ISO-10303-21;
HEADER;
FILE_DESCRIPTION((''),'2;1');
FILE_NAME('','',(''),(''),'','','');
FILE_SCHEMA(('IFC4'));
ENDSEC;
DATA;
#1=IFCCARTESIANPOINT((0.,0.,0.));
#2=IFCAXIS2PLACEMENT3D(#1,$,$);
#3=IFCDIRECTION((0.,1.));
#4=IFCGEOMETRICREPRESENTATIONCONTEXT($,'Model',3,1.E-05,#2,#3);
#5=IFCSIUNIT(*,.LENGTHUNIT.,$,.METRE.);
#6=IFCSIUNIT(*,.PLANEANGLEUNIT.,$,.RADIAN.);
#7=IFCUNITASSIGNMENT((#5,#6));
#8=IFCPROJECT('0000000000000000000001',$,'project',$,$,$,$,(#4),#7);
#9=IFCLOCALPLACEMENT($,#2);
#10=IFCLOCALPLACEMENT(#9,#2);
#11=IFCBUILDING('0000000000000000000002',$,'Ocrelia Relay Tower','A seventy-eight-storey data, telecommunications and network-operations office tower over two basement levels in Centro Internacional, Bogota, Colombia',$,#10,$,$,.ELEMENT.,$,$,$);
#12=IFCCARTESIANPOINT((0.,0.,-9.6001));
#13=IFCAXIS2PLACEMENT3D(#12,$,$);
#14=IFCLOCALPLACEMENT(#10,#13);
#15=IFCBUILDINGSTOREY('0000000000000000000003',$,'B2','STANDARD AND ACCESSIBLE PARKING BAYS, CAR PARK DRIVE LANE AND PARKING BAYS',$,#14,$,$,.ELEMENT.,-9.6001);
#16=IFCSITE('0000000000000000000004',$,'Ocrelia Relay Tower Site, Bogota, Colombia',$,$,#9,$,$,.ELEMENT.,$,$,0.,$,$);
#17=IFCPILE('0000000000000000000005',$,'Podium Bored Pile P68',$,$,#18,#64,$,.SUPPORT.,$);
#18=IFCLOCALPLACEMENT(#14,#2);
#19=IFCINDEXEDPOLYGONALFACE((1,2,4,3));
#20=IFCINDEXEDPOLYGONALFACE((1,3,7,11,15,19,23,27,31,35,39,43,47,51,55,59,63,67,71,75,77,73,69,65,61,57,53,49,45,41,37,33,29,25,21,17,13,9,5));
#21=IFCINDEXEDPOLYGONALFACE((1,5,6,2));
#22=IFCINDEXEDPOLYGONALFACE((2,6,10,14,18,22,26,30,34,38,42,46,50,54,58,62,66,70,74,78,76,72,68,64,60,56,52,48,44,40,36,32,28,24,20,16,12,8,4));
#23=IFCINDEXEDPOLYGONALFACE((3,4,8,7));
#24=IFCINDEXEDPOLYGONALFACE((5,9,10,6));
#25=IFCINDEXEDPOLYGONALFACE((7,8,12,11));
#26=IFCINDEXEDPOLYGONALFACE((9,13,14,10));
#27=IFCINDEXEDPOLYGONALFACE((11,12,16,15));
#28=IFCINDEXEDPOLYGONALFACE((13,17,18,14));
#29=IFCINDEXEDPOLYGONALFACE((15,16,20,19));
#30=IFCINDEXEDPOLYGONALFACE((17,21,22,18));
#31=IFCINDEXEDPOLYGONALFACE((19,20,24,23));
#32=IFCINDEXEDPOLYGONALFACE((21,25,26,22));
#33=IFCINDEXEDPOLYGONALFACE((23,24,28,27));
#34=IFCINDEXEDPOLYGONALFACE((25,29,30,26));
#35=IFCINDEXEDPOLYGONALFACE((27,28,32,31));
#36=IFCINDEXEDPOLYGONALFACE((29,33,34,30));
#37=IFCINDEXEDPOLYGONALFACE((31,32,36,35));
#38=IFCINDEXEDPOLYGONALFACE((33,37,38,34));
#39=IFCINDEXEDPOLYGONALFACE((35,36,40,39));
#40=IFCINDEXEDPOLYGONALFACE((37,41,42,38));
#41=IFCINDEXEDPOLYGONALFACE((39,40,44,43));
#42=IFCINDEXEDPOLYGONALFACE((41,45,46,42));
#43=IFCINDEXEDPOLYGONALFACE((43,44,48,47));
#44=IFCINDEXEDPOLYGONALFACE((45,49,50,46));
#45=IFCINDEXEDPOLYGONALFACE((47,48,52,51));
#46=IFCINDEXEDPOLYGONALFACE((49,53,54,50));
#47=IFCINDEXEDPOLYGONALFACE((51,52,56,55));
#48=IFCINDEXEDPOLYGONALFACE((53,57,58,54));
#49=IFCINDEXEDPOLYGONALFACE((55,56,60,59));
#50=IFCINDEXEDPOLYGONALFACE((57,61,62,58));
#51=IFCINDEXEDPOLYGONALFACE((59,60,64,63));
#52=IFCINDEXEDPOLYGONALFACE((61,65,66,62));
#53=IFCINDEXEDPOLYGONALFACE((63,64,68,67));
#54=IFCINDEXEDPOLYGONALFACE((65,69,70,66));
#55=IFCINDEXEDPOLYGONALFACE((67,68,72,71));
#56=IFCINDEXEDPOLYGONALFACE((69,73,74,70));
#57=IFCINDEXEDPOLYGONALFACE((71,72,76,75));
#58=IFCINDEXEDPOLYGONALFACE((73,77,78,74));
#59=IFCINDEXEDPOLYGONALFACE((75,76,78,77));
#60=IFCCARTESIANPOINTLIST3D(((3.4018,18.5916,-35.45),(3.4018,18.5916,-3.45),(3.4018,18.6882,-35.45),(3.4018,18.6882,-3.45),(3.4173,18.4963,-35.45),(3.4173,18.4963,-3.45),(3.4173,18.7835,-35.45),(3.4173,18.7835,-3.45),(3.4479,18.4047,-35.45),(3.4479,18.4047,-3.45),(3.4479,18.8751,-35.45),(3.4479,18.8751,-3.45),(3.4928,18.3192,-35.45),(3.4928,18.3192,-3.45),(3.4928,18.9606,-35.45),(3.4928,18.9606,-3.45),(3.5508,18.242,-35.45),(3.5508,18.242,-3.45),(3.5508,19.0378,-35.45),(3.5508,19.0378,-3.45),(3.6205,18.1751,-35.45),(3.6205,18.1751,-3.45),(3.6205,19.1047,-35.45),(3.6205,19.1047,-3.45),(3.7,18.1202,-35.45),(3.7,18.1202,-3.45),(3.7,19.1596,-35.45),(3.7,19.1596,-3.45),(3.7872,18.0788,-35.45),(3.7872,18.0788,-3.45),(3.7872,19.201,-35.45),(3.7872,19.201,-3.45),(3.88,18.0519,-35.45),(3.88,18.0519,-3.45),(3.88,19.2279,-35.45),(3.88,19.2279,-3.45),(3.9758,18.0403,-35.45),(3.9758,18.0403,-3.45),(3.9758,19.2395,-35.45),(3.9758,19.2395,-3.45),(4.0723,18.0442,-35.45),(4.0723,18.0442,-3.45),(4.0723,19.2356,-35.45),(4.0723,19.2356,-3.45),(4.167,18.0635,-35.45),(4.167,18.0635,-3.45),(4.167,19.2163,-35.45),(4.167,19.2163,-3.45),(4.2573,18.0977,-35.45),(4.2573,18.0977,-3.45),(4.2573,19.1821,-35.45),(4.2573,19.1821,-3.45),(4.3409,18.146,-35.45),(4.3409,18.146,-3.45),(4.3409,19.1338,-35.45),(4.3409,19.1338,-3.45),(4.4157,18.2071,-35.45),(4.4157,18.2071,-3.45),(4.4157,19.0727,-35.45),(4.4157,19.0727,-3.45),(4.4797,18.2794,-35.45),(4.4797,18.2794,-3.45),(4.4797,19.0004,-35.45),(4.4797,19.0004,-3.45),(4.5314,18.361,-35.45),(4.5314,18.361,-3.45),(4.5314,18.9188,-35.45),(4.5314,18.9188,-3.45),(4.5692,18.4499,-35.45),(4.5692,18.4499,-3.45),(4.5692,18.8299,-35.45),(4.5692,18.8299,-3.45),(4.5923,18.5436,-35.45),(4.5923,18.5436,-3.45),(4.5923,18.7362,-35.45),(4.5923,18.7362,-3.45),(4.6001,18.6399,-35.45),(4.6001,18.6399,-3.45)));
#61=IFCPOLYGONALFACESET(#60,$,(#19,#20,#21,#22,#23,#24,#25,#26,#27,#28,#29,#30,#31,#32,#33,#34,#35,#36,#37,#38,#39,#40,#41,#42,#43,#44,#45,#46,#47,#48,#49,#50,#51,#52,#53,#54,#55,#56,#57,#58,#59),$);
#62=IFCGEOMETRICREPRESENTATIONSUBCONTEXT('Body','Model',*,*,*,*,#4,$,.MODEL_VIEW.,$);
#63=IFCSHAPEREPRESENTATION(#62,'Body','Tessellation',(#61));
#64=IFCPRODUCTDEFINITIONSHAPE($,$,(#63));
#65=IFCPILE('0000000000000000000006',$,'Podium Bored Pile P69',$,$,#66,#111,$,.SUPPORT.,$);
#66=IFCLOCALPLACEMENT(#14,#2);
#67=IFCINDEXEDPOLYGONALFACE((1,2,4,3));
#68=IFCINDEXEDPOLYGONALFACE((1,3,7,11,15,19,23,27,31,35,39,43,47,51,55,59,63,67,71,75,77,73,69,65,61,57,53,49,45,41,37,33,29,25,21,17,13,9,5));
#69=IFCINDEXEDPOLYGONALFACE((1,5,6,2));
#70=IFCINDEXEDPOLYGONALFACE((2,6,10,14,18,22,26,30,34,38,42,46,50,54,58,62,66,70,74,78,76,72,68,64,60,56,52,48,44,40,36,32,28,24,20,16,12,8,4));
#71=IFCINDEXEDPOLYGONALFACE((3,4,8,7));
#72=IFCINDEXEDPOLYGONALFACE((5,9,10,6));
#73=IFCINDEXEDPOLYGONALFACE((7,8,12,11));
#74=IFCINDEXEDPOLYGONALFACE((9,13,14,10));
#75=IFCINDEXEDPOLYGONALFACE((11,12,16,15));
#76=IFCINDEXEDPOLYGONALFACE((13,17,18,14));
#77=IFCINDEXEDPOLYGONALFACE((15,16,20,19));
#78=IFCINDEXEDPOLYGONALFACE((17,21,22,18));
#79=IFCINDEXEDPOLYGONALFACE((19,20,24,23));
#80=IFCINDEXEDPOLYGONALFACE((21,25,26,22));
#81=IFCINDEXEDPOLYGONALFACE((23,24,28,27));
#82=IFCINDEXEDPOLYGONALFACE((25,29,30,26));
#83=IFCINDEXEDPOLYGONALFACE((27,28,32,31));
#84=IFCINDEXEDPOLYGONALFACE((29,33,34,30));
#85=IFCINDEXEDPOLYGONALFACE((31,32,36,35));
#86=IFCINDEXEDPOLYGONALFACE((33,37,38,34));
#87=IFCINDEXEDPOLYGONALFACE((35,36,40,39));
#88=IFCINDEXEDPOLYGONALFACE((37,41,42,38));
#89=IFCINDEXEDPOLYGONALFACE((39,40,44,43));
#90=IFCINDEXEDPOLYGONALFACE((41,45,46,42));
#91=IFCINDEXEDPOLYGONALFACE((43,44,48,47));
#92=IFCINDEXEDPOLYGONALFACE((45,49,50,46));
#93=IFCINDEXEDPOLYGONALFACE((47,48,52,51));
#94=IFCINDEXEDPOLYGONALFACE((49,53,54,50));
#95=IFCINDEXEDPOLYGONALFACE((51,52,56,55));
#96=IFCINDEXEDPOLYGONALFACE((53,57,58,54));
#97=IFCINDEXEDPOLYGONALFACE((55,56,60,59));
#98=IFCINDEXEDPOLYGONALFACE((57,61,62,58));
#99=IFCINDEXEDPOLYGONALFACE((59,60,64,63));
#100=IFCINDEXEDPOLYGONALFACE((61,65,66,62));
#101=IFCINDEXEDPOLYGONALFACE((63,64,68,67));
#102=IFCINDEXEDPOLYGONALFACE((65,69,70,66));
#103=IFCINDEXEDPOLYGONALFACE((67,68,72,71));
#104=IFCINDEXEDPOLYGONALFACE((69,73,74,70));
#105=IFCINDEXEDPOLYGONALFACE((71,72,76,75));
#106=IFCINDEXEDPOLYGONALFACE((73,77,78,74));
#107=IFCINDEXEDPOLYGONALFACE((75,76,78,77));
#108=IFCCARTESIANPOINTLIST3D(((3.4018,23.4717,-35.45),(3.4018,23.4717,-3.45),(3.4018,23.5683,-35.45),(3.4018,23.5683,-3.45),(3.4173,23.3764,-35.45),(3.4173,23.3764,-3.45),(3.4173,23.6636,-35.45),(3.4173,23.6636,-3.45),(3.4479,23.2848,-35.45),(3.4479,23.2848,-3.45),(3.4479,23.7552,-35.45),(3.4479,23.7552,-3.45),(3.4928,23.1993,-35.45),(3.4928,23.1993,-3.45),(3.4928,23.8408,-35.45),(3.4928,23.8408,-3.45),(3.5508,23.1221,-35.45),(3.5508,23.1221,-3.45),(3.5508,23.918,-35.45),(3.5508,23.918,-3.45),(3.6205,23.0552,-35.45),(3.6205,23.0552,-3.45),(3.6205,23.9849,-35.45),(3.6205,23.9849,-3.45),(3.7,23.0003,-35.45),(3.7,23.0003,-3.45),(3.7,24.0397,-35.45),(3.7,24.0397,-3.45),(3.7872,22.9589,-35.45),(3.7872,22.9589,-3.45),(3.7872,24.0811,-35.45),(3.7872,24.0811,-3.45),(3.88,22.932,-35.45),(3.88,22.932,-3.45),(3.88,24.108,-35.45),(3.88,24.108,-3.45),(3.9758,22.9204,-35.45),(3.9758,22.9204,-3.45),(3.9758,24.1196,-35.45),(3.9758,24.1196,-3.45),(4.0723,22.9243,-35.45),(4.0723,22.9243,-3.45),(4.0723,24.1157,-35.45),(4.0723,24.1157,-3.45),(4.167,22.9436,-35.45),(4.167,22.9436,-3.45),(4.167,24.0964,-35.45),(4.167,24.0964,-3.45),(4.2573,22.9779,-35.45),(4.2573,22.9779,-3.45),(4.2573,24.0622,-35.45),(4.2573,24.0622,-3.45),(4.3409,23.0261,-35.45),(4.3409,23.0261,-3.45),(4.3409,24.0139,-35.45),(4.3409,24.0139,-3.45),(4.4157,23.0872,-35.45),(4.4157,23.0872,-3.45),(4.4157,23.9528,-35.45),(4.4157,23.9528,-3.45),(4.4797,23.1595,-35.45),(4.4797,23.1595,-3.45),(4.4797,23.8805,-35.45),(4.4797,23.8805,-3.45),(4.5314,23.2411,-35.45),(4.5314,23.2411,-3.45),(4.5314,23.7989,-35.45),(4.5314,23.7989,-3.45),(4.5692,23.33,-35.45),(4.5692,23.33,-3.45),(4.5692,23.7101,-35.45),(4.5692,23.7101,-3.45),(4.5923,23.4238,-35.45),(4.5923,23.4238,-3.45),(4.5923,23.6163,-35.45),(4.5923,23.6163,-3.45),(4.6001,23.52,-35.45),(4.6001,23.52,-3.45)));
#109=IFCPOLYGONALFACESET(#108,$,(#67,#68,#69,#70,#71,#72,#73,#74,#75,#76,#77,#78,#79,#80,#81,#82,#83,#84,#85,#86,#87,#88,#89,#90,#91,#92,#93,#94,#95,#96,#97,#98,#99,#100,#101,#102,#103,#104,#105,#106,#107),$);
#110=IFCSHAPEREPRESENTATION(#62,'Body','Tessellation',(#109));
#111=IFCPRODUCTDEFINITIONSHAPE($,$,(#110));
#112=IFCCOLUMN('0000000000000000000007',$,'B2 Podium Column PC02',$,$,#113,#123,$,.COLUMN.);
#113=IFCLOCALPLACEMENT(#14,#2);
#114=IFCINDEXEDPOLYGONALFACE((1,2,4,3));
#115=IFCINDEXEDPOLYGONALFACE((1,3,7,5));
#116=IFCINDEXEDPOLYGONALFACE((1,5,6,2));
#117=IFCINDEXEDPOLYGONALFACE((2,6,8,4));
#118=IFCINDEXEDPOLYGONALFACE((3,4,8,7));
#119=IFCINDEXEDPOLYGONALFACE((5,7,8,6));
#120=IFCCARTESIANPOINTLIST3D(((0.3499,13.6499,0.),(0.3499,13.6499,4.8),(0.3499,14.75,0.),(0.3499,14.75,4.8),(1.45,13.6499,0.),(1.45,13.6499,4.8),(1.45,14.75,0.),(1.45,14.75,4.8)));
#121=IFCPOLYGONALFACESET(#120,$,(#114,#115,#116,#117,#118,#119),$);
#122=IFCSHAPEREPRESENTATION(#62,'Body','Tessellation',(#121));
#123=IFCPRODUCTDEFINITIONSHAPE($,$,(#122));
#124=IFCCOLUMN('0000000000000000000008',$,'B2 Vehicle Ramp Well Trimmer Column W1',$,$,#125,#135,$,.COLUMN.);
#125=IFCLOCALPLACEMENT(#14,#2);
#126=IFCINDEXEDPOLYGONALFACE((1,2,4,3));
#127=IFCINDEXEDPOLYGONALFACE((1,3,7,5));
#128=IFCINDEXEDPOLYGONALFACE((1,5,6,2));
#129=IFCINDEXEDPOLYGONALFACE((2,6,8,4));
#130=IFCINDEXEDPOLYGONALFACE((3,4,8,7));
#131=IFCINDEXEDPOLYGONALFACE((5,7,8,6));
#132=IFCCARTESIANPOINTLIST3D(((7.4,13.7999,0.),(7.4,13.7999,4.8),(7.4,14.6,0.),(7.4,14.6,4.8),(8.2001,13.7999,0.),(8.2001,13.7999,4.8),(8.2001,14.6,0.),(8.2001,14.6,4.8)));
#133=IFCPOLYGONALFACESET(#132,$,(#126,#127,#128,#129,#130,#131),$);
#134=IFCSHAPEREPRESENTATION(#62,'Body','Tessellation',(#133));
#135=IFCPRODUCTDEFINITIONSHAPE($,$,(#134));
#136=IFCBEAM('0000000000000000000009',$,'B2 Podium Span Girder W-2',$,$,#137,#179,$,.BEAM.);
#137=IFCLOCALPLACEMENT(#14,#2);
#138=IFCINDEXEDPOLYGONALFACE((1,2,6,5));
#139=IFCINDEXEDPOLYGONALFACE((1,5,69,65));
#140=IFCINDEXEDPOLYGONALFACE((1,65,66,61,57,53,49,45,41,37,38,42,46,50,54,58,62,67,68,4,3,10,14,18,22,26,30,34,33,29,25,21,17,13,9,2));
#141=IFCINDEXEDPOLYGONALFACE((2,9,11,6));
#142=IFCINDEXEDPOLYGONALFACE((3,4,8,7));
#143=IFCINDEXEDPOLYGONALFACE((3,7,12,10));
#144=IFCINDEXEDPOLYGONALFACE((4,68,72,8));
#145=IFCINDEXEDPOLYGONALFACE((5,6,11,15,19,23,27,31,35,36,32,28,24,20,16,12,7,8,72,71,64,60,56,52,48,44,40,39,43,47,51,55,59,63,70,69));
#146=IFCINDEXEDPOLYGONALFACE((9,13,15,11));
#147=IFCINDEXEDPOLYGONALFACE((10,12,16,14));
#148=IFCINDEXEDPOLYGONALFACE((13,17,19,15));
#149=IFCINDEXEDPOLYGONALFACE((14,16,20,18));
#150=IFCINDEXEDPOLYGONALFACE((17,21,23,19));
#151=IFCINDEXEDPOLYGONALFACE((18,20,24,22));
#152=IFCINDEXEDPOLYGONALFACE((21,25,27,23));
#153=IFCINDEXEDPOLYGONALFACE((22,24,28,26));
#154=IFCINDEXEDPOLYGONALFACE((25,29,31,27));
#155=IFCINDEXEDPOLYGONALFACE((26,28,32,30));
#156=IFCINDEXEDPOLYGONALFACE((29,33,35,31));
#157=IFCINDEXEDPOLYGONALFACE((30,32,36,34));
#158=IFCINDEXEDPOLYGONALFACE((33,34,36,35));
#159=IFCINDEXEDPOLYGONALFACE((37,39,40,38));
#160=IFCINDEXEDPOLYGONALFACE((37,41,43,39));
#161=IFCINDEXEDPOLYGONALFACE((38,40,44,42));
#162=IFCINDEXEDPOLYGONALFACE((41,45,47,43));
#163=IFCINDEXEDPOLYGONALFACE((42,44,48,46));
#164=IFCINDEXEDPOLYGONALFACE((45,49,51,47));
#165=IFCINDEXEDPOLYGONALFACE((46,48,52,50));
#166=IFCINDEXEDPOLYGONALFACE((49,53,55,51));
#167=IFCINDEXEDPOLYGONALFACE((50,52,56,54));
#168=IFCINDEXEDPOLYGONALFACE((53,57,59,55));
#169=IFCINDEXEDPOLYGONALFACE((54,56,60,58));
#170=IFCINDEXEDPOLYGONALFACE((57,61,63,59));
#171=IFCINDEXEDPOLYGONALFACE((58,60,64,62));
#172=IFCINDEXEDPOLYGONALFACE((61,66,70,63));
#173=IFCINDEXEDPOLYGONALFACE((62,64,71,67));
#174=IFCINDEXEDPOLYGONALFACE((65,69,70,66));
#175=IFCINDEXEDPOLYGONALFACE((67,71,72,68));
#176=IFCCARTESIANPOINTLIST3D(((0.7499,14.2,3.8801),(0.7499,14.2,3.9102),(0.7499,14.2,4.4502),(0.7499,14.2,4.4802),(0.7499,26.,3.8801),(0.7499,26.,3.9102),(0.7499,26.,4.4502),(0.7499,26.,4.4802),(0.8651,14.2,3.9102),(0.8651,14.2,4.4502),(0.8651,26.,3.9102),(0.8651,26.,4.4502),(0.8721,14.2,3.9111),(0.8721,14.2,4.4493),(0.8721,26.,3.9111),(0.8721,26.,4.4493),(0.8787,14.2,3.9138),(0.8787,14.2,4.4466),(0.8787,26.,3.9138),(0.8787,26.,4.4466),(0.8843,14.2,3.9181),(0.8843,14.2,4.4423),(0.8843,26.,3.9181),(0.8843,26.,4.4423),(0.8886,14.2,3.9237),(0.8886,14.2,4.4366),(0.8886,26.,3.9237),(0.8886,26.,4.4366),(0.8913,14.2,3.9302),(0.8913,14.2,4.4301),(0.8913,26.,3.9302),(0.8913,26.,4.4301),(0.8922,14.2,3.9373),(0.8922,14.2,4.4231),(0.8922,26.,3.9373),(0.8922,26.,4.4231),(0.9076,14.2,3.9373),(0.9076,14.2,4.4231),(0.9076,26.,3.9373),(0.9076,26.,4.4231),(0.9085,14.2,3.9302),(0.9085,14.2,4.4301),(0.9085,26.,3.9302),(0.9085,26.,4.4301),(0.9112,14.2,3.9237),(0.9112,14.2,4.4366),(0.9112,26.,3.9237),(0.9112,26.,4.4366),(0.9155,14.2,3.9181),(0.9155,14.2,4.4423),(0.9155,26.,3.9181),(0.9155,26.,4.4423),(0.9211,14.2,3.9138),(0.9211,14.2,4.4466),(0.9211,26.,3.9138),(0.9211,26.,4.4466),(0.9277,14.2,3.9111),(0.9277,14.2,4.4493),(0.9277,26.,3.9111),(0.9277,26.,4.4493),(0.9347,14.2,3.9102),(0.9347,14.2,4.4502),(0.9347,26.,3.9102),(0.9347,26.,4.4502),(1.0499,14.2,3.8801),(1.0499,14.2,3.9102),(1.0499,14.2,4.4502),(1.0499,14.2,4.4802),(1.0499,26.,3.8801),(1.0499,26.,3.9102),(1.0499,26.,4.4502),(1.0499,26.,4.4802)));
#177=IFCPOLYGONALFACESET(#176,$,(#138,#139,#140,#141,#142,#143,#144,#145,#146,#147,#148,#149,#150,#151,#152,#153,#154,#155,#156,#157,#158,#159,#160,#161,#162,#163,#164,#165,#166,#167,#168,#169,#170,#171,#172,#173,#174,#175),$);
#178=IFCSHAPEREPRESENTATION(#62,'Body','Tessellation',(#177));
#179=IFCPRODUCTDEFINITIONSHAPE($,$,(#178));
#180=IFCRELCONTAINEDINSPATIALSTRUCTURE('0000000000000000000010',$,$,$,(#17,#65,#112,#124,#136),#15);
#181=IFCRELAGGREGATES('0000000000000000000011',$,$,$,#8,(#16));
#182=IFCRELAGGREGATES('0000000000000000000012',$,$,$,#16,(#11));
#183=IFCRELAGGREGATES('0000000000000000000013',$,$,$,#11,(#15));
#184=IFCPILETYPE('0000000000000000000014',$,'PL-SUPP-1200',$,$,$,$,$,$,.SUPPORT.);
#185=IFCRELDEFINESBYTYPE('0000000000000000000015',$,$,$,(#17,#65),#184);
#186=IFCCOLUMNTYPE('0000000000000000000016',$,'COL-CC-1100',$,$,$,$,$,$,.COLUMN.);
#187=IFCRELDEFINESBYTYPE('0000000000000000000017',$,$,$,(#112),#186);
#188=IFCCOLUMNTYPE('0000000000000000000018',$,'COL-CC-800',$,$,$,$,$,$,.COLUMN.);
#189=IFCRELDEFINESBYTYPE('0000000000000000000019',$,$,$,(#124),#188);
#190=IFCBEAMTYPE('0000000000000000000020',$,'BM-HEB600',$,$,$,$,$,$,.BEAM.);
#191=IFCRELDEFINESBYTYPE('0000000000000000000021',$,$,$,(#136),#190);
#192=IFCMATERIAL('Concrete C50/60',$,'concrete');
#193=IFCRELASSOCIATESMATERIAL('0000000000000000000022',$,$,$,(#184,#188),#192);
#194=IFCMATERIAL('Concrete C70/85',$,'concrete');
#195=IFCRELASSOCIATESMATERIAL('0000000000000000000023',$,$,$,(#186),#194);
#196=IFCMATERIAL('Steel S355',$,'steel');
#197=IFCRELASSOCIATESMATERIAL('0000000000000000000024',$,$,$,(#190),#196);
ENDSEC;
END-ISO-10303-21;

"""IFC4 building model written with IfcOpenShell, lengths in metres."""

from ifc_helpers import new_model, si_unit, direction, frame, origin, origin_2d, place, context, subcontext, project, spatial, rectangle, circle, i_section, extrude, material, material_profile, profile_set, type_object, element, save


model = new_model("IFC4")

# Units and contexts
model_context = context("Model", 3, precision=1e-05, world=origin(), true_north=direction((0.0, 1.0)))
body_context = subcontext(model_context, "Body", "Model", "MODEL_VIEW")
ifc_project = project(units=[si_unit("LENGTHUNIT", "METRE"), si_unit("PLANEANGLEUNIT", "RADIAN")], contexts=[model_context])

# Site, building, storey
site_placement = place(None, origin())
site = spatial("IfcSite", under=ifc_project, at=site_placement, Name="Ocrelia Relay Tower Site, Bogota, Colombia", CompositionType="ELEMENT", RefElevation=0.0)
building_placement = place(site_placement, origin())
building = spatial("IfcBuilding", under=site, at=building_placement, Name="Ocrelia Relay Tower", Description="A seventy-eight-storey data, telecommunications and network-operations office tower over two basement levels in Centro Internacional, Bogota, Colombia", CompositionType="ELEMENT")
storey_placement = place(building_placement, frame((0.0, 0.0, -9.6001)))
storey = spatial("IfcBuildingStorey", under=building, at=storey_placement, Name="B2", Description="STANDARD AND ACCESSIBLE PARKING BAYS, CAR PARK DRIVE LANE AND PARKING BAYS", CompositionType="ELEMENT", Elevation=-9.6001)

# Piles
ifc_material_1 = material(Name="Concrete C50/60", Category="concrete")
ifc_material_profile_1 = material_profile(ifc_material_1, circle(Radius=0.6001, at=origin_2d()), Name="PILE-1200")
ifc_profile_set_1 = profile_set([ifc_material_profile_1], Name="Concrete C50/60")
pile_type_1 = type_object("IfcPileType", Name="PL-SUPP-1200", PredefinedType="SUPPORT", material=ifc_profile_set_1)
for number, where, z_axis, x_axis, name in (
    (1, (4.0, 18.6399, -3.45), (0.0, 0.0, -1.0), (1.0, 0.0, 0.0), "Podium Bored Pile P68"),
    (2, (4.0, 23.52, -3.45), (0.0, 0.0, -1.0), (1.0, 0.0, 0.0), "Podium Bored Pile P69"),
):
    element("IfcPile", number, at=place(storey_placement, frame(where, z_axis=z_axis, x_axis=x_axis)), inside=storey, type_object=pile_type_1, Name=name, PredefinedType="SUPPORT", context=body_context, shape_type="SweptSolid", body=[
        extrude(circle(Radius=0.6001, at=origin_2d()), origin(), (0.0, 0.0, 1.0), 32.0),
    ])

# Columns
ifc_material_2 = material(Name="Concrete C70/85", Category="concrete")
ifc_material_profile_2 = material_profile(ifc_material_2, rectangle(XDim=1.1001, YDim=1.1001, at=origin_2d()), Name="RC-COL-1100x1100")
ifc_profile_set_2 = profile_set([ifc_material_profile_2], Name="Concrete C70/85")
column_type_1 = type_object("IfcColumnType", Name="COL-CC-1100", PredefinedType="COLUMN", material=ifc_profile_set_2)
column_1_placement = place(storey_placement, frame((0.8999, 14.2, 0.0), z_axis=(0.0, 0.0, 1.0), x_axis=(1.0, 0.0, 0.0)))
element("IfcColumn", 3, at=column_1_placement, inside=storey, type_object=column_type_1, Name="B2 Podium Column PC02", PredefinedType="COLUMN", context=body_context, shape_type="SweptSolid", body=[
    extrude(rectangle(XDim=1.1001, YDim=1.1001, at=origin_2d()), origin(), (0.0, 0.0, 1.0), 4.8),
])
ifc_material_profile_3 = material_profile(ifc_material_1, rectangle(XDim=0.8, YDim=0.8, at=origin_2d()), Name="RC-COL-800x800")
ifc_profile_set_3 = profile_set([ifc_material_profile_3], Name="Concrete C50/60")
column_type_2 = type_object("IfcColumnType", Name="COL-CC-800", PredefinedType="COLUMN", material=ifc_profile_set_3)
column_2_placement = place(storey_placement, frame((7.8, 14.2, 0.0), z_axis=(0.0, 0.0, 1.0), x_axis=(1.0, 0.0, 0.0)))
element("IfcColumn", 4, at=column_2_placement, inside=storey, type_object=column_type_2, Name="B2 Vehicle Ramp Well Trimmer Column W1", PredefinedType="COLUMN", context=body_context, shape_type="SweptSolid", body=[
    extrude(rectangle(XDim=0.8, YDim=0.8, at=origin_2d()), origin(), (0.0, 0.0, 1.0), 4.8),
])

# Beam
ifc_material_3 = material(Name="Steel S355", Category="steel")
ifc_material_profile_4 = material_profile(ifc_material_3, i_section(OverallWidth=0.3, OverallDepth=0.6001, WebThickness=0.0154, FlangeThickness=0.03, FilletRadius=0.0271, at=origin_2d()), Name="HEB 600")
ifc_profile_set_4 = profile_set([ifc_material_profile_4], Name="Steel S355")
beam_type_1 = type_object("IfcBeamType", Name="BM-HEB600", PredefinedType="BEAM", material=ifc_profile_set_4)
beam_1_placement = place(storey_placement, frame((0.8999, 14.2, 4.1802), z_axis=(0.0, 1.0, 0.0), x_axis=(-1.0, 0.0, 0.0)))
element("IfcBeam", 5, at=beam_1_placement, inside=storey, type_object=beam_type_1, Name="B2 Podium Span Girder W-2", PredefinedType="BEAM", context=body_context, shape_type="SweptSolid", body=[
    extrude(i_section(OverallWidth=0.3, OverallDepth=0.6001, WebThickness=0.0154, FlangeThickness=0.03, FilletRadius=0.0271, at=origin_2d()), origin(), (0.0, 0.0, 1.0), 11.8),
])

save(model, "model.ifc")
